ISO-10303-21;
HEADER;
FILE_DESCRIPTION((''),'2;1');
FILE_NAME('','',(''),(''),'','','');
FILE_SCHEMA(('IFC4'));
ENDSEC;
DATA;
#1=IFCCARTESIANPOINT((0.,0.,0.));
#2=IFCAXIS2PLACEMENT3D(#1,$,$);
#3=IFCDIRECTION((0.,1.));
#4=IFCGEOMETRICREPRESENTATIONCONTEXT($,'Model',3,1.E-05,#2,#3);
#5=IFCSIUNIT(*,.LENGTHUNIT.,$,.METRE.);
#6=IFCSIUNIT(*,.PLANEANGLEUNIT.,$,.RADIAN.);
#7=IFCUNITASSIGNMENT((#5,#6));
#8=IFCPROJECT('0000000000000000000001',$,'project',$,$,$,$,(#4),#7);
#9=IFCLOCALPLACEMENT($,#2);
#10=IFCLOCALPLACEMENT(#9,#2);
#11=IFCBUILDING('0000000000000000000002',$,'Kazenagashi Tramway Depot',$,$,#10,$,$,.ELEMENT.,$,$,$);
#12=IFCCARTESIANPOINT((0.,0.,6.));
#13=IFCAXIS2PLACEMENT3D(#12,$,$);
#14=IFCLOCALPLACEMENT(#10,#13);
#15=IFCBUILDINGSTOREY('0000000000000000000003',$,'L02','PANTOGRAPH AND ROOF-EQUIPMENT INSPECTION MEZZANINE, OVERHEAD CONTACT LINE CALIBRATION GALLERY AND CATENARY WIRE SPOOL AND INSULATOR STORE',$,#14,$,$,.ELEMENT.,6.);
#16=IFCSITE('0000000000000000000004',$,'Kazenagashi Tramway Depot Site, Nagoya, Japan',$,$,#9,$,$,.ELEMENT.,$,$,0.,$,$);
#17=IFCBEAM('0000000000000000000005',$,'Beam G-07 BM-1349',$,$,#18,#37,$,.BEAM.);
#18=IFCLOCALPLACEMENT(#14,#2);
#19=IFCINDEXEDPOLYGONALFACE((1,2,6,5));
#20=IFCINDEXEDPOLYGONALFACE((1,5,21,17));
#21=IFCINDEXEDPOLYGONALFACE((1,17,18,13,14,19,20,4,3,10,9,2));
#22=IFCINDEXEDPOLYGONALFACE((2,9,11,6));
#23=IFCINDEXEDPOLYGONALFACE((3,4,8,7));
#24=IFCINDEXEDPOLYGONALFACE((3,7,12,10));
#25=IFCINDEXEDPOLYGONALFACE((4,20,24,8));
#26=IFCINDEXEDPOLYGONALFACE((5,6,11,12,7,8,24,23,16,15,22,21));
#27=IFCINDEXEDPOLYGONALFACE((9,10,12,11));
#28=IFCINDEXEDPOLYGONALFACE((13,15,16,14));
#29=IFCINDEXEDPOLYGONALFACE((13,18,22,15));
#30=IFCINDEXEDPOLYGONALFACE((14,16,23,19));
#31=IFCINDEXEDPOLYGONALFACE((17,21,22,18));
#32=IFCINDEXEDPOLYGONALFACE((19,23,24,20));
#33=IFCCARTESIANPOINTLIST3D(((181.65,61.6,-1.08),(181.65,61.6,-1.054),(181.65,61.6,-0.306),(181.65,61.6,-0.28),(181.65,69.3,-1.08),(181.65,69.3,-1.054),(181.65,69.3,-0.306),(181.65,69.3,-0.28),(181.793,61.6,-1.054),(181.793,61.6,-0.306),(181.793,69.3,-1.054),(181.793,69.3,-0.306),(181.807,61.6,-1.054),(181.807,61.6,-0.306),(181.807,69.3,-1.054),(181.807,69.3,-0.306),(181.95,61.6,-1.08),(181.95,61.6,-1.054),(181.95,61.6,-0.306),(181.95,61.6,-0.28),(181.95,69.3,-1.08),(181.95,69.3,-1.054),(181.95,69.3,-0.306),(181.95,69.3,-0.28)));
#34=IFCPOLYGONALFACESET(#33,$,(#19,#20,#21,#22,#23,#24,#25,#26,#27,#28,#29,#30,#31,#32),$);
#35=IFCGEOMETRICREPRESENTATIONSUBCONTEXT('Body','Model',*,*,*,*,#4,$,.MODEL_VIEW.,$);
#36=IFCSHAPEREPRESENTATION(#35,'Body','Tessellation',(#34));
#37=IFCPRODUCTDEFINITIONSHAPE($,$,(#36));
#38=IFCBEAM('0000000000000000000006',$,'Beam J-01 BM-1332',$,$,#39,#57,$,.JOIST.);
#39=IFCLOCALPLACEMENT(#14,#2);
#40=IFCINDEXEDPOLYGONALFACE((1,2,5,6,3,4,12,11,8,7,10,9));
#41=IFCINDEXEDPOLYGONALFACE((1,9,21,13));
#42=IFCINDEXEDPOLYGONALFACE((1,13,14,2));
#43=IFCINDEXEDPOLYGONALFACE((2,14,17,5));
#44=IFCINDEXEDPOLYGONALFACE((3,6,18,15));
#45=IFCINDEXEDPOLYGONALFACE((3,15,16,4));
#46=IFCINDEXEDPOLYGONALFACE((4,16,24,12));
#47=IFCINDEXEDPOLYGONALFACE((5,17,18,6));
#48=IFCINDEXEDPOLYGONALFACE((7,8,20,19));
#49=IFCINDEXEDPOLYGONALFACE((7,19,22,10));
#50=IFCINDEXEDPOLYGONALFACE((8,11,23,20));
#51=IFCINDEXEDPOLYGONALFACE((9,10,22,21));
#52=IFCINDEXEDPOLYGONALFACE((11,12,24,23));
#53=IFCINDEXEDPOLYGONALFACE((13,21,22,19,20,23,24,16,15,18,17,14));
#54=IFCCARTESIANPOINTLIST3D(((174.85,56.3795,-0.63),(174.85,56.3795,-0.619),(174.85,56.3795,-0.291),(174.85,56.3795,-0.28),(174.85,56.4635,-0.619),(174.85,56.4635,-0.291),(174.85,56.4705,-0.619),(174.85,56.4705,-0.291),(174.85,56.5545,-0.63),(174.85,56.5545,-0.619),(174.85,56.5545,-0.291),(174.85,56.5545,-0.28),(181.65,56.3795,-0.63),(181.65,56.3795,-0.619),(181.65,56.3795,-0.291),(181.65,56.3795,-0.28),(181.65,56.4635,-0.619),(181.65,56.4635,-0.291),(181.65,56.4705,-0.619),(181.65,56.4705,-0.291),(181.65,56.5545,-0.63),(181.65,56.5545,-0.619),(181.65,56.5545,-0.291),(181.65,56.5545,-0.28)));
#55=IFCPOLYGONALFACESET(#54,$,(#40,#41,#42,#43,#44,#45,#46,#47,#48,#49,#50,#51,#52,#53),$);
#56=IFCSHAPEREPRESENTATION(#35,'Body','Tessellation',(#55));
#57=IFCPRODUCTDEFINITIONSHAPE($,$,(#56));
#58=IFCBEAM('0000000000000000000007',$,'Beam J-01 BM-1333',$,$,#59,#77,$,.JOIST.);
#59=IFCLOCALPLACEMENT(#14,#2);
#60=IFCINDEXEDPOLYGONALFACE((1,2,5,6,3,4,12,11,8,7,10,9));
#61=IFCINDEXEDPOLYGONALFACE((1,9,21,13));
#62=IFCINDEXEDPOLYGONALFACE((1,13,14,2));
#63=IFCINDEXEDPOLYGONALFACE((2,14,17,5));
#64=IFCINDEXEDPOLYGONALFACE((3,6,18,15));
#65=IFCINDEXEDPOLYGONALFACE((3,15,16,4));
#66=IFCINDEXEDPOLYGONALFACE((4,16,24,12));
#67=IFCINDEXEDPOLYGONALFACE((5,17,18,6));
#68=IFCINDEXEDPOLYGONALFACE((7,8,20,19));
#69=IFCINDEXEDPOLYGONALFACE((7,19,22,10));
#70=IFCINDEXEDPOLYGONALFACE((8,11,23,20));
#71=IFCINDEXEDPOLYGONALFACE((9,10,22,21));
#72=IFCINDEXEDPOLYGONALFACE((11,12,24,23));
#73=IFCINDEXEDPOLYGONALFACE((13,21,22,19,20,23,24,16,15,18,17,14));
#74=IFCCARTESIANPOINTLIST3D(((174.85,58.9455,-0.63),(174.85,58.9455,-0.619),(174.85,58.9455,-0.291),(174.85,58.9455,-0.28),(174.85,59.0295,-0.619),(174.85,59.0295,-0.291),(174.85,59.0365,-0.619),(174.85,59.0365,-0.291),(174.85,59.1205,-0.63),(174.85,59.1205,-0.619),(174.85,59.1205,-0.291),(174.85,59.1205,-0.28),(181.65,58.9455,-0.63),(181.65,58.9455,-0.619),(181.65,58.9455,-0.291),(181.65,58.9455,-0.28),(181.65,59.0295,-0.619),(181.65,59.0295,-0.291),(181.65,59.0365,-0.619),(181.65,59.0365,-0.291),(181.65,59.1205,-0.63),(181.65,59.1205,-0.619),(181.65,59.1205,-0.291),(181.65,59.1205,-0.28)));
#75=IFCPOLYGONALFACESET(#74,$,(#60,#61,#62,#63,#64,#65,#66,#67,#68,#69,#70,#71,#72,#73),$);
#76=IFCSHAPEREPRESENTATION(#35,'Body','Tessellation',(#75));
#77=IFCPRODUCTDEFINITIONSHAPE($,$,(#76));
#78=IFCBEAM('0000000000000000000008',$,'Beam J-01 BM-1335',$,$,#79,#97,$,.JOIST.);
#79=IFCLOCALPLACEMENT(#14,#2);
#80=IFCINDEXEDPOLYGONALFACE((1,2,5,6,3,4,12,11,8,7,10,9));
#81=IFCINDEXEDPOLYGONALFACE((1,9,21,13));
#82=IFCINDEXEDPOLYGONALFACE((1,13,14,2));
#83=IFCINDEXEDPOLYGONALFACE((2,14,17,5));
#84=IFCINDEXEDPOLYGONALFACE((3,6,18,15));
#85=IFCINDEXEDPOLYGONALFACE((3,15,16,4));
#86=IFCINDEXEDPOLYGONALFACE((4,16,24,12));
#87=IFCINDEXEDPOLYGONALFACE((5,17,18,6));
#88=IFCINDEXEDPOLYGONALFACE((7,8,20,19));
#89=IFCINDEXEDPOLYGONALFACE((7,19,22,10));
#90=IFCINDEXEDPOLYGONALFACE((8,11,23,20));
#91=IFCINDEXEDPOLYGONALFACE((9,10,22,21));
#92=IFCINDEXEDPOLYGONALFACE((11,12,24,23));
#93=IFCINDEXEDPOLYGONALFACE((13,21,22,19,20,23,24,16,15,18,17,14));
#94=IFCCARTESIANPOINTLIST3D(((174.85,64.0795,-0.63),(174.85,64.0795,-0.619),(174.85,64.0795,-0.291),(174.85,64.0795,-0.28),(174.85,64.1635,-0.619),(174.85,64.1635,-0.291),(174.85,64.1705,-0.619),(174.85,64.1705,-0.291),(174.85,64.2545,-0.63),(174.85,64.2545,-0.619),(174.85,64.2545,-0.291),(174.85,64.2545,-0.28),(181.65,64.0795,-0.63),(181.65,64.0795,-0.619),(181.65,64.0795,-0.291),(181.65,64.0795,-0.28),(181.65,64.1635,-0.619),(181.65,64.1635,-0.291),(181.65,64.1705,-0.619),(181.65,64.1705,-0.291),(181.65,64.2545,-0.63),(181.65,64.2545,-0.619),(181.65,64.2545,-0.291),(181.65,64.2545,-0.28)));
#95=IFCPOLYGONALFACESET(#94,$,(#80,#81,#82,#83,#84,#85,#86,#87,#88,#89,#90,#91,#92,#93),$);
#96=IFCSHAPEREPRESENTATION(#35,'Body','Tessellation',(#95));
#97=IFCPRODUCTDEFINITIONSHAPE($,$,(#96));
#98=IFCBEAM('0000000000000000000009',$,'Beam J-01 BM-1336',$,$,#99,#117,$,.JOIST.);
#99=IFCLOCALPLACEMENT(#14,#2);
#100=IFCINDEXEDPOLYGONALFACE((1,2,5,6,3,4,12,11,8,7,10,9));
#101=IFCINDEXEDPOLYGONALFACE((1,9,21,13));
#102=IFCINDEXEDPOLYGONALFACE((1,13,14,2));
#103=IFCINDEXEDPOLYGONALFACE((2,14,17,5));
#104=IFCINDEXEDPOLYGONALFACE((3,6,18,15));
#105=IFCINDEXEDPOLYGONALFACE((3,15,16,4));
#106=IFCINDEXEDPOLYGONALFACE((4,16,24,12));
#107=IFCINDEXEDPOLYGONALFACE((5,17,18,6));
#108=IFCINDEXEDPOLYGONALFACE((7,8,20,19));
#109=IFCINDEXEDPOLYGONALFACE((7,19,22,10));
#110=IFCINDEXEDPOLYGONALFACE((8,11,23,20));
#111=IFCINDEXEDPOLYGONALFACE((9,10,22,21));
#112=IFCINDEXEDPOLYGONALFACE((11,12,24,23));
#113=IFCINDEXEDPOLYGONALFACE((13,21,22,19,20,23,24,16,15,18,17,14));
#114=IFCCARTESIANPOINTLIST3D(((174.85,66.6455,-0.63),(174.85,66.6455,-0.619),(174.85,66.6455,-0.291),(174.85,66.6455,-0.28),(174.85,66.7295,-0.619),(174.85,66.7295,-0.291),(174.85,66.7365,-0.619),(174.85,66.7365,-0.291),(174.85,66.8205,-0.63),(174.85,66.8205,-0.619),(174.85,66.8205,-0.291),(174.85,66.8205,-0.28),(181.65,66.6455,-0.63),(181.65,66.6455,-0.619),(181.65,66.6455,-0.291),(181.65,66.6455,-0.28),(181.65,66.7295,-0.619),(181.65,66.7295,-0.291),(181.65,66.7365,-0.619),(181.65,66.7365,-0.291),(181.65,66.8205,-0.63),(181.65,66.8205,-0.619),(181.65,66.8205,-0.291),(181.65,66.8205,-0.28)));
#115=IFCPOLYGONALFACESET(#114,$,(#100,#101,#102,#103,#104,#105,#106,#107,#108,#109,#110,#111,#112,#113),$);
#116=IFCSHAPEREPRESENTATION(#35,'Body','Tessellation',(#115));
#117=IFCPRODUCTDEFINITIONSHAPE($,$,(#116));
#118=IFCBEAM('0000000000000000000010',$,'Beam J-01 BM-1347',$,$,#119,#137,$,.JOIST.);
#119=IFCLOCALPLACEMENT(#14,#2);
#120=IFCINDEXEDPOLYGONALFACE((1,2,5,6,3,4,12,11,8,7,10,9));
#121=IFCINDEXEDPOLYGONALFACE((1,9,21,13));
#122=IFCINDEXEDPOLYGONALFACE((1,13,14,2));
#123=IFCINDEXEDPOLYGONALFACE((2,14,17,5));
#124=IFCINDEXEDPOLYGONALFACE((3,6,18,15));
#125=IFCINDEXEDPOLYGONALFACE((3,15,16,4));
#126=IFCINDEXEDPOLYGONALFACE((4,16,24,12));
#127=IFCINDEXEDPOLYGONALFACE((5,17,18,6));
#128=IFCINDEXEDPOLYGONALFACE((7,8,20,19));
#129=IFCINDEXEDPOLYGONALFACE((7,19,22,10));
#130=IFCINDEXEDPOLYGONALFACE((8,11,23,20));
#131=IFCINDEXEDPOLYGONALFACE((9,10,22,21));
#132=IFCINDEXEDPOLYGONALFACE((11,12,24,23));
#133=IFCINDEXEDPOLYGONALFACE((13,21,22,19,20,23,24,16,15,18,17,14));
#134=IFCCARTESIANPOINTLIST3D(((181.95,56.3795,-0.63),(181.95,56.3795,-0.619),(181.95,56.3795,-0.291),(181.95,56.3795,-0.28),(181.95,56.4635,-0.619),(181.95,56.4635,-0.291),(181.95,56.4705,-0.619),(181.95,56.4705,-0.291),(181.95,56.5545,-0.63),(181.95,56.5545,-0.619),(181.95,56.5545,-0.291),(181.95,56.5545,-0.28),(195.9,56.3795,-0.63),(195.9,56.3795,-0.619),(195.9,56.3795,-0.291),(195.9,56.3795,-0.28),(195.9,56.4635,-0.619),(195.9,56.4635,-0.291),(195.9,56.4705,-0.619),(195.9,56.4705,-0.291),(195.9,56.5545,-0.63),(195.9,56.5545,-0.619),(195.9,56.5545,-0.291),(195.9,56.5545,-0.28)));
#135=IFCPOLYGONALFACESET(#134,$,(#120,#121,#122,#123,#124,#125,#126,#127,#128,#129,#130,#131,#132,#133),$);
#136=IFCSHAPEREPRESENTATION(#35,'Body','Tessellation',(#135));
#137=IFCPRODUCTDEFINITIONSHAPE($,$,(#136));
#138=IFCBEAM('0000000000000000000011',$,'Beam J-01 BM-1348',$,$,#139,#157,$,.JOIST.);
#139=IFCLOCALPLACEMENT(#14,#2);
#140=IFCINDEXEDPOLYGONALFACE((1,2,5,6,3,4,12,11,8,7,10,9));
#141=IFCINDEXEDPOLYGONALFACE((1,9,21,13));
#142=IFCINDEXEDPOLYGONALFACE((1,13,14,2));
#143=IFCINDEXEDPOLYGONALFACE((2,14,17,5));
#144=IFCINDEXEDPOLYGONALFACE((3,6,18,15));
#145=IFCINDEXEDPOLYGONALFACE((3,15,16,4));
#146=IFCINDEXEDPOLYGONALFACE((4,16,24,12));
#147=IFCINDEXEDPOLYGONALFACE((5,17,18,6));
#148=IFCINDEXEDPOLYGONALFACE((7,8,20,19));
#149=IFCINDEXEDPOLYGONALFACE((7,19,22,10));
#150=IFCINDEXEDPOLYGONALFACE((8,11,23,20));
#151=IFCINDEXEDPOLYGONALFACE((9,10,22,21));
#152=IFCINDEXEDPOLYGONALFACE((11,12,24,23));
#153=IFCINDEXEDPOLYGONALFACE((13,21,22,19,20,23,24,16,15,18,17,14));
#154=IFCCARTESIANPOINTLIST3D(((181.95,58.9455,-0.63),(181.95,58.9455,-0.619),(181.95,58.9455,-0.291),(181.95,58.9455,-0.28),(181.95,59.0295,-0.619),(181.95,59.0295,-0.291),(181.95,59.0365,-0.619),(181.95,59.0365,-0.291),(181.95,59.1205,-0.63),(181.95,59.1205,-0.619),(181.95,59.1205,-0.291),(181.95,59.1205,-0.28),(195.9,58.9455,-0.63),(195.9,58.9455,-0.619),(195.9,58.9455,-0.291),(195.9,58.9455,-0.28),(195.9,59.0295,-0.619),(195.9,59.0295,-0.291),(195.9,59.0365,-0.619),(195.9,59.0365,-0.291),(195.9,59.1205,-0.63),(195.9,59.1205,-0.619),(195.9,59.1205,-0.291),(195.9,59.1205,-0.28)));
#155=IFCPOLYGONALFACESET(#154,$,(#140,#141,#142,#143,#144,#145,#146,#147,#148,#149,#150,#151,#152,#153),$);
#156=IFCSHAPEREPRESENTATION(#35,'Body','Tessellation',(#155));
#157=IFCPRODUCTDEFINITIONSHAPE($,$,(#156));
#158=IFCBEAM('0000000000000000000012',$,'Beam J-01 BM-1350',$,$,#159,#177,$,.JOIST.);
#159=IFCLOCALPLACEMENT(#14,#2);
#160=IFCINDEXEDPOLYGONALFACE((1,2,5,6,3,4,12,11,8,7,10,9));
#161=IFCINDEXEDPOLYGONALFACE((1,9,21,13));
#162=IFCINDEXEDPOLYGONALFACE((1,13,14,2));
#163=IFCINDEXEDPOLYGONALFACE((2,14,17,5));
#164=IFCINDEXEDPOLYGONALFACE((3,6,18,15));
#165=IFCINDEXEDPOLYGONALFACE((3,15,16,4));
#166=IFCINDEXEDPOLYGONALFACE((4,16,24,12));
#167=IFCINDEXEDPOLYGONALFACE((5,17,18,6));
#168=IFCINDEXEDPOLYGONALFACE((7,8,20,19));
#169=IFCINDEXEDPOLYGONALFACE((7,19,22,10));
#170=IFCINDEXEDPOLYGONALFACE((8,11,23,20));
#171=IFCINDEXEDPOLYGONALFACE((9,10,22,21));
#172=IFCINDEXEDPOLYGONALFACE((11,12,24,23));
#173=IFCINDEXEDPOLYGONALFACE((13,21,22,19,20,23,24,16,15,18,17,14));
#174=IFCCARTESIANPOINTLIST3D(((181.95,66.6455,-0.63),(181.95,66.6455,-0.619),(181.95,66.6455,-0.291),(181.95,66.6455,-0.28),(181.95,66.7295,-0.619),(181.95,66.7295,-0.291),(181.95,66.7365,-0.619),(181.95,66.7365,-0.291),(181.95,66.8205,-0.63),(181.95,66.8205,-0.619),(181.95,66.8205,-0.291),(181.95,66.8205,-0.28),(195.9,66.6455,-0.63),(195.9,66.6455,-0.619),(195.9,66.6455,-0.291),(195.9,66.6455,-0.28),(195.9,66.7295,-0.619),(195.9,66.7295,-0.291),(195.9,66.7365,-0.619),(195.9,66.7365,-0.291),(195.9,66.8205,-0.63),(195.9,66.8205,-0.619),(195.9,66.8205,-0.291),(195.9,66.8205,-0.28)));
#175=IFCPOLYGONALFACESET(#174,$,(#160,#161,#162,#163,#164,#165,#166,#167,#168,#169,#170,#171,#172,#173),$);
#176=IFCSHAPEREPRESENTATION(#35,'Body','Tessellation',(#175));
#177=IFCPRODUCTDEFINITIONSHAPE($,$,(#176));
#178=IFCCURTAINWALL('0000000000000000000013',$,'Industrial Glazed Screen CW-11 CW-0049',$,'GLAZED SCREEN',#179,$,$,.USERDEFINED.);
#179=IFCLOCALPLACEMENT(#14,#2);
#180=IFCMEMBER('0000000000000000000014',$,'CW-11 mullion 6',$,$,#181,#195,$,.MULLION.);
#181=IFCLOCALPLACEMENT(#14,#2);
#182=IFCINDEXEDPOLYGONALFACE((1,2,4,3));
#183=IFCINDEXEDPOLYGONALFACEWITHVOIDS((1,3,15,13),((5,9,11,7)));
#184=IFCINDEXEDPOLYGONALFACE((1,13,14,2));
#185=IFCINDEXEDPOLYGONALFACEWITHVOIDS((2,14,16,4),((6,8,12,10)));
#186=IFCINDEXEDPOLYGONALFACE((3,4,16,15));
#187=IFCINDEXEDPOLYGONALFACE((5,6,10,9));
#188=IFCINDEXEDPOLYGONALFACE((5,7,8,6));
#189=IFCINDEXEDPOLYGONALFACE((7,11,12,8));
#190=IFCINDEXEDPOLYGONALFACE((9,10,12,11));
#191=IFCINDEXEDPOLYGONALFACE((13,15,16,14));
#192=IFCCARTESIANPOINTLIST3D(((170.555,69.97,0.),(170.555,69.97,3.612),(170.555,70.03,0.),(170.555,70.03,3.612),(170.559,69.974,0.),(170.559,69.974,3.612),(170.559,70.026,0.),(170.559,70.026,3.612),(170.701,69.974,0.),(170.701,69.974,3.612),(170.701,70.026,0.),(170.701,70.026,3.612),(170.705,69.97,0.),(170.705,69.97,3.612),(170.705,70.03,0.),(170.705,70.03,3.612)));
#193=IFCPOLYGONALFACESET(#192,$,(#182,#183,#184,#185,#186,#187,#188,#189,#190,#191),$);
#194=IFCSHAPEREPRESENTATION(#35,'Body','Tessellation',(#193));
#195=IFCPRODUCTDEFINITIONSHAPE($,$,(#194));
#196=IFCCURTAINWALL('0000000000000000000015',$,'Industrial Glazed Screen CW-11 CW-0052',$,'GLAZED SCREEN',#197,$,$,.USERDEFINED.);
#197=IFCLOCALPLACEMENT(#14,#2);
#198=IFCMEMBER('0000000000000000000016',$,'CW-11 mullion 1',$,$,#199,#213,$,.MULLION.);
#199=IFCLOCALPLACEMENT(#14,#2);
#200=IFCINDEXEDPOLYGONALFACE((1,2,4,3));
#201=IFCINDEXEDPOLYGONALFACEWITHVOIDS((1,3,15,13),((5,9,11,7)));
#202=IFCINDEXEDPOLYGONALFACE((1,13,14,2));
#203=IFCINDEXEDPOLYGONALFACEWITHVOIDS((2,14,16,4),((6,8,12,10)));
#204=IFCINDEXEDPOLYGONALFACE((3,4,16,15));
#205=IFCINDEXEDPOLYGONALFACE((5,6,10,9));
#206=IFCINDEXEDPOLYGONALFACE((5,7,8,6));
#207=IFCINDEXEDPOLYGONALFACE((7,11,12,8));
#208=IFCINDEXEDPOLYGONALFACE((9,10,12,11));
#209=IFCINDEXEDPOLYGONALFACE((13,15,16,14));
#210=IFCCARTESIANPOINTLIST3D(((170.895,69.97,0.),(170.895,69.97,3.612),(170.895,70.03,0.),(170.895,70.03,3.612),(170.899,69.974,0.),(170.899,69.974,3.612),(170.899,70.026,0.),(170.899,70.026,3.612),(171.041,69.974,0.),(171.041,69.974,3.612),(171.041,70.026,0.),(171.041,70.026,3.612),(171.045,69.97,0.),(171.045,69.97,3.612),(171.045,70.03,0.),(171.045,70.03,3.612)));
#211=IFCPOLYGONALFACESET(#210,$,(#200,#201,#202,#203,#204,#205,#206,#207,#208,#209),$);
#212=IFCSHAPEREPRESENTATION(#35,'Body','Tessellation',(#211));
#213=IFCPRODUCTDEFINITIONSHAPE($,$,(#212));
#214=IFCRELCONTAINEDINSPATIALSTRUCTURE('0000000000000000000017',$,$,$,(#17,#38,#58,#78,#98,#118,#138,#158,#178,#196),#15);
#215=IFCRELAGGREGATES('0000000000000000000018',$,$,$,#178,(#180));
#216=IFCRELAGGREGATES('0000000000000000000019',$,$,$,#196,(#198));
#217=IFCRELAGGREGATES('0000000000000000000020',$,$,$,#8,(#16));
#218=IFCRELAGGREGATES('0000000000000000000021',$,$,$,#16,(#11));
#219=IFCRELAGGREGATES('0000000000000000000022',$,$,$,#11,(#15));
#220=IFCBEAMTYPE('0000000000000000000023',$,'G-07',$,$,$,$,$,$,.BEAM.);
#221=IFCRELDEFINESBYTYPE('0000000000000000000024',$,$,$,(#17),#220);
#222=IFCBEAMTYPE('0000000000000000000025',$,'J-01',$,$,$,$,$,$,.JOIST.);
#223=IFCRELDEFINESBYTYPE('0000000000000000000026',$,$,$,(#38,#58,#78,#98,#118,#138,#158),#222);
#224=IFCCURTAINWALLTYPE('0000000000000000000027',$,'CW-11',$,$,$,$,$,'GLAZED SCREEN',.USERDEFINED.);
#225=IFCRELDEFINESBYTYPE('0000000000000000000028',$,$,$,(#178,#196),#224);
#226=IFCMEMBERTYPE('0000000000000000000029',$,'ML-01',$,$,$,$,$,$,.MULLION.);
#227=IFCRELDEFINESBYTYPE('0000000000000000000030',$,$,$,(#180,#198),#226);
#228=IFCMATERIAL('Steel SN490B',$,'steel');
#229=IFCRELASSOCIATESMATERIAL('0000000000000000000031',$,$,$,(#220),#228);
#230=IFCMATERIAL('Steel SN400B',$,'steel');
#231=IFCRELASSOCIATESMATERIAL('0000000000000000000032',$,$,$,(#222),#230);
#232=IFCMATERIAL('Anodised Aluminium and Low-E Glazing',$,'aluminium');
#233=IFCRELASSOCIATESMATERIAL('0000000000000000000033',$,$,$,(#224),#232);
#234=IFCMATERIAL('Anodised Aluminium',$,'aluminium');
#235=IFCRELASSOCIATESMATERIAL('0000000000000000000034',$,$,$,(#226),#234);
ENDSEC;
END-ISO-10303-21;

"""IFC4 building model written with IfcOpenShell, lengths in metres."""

from ifc_helpers import new_model, si_unit, direction, frame, origin, origin_2d, place, context, subcontext, project, spatial, hollow_rectangle, i_section, extrude, material, material_profile, profile_set, type_object, element, aggregate, save


model = new_model("IFC4")

# Units and contexts
model_context = context("Model", 3, precision=1e-05, world=origin(), true_north=direction((0.0, 1.0)))
body_context = subcontext(model_context, "Body", "Model", "MODEL_VIEW")
ifc_project = project(units=[si_unit("LENGTHUNIT", "METRE"), si_unit("PLANEANGLEUNIT", "RADIAN")], contexts=[model_context])

# Site, building, storey
site_placement = place(None, origin())
site = spatial("IfcSite", under=ifc_project, at=site_placement, Name="Kazenagashi Tramway Depot Site, Nagoya, Japan", CompositionType="ELEMENT", RefElevation=0.0)
building_placement = place(site_placement, origin())
building = spatial("IfcBuilding", under=site, at=building_placement, Name="Kazenagashi Tramway Depot", CompositionType="ELEMENT")
storey_placement = place(building_placement, frame((0.0, 0.0, 6.0)))
storey = spatial("IfcBuildingStorey", under=building, at=storey_placement, Name="L02", Description="PANTOGRAPH AND ROOF-EQUIPMENT INSPECTION MEZZANINE, OVERHEAD CONTACT LINE CALIBRATION GALLERY AND CATENARY WIRE SPOOL AND INSULATOR STORE", CompositionType="ELEMENT", Elevation=6.0)

# Shared definitions
ifc_material_1 = material(Name="Steel SN490B", Category="steel")

# Beams
ifc_material_profile_1 = material_profile(ifc_material_1, i_section(OverallWidth=0.3, OverallDepth=0.8, WebThickness=0.014, FlangeThickness=0.026, at=origin_2d()), Name="H-800x300x14x26")
ifc_profile_set_1 = profile_set([ifc_material_profile_1], Name="Steel SN490B")
beam_type_1 = type_object("IfcBeamType", Name="G-07", PredefinedType="BEAM", material=ifc_profile_set_1)
for number, where, z_axis, x_axis, name in (
    (1, (181.8, 61.6, -0.68), (0.0, 1.0, 0.0), (-1.0, 0.0, 0.0), "Beam G-07 BM-1349"),
):
    element("IfcBeam", number, at=place(storey_placement, frame(where, z_axis=z_axis, x_axis=x_axis)), inside=storey, type_object=beam_type_1, Name=name, PredefinedType="BEAM", context=body_context, shape_type="SweptSolid", body=[
        extrude(i_section(OverallWidth=0.3, OverallDepth=0.8, WebThickness=0.014, FlangeThickness=0.026, at=origin_2d()), origin(), (0.0, 0.0, 1.0), 7.7),
    ])
ifc_material_2 = material(Name="Steel SN400B", Category="steel")
ifc_material_profile_2 = material_profile(ifc_material_2, i_section(OverallWidth=0.175, OverallDepth=0.35, WebThickness=0.007, FlangeThickness=0.011, at=origin_2d()), Name="H-350x175x7x11")
ifc_profile_set_2 = profile_set([ifc_material_profile_2], Name="Steel SN400B")
beam_type_2 = type_object("IfcBeamType", Name="J-01", PredefinedType="JOIST", material=ifc_profile_set_2)
for number, where, z_axis, x_axis, name in (
    (2, (174.85, 56.467, -0.455), (1.0, 0.0, 0.0), (0.0, 1.0, 0.0), "Beam J-01 BM-1332"),
    (3, (174.85, 59.033, -0.455), (1.0, 0.0, 0.0), (0.0, 1.0, 0.0), "Beam J-01 BM-1333"),
    (4, (174.85, 64.167, -0.455), (1.0, 0.0, 0.0), (0.0, 1.0, 0.0), "Beam J-01 BM-1335"),
    (5, (174.85, 66.733, -0.455), (1.0, 0.0, 0.0), (0.0, 1.0, 0.0), "Beam J-01 BM-1336"),
):
    element("IfcBeam", number, at=place(storey_placement, frame(where, z_axis=z_axis, x_axis=x_axis)), inside=storey, type_object=beam_type_2, Name=name, PredefinedType="JOIST", context=body_context, shape_type="SweptSolid", body=[
        extrude(i_section(OverallWidth=0.175, OverallDepth=0.35, WebThickness=0.007, FlangeThickness=0.011, at=origin_2d()), origin(), (0.0, 0.0, 1.0), 6.8),
    ])
for number, where, z_axis, x_axis, name in (
    (6, (181.95, 56.467, -0.455), (1.0, 0.0, 0.0), (0.0, 1.0, 0.0), "Beam J-01 BM-1347"),
    (7, (181.95, 59.033, -0.455), (1.0, 0.0, 0.0), (0.0, 1.0, 0.0), "Beam J-01 BM-1348"),
    (8, (181.95, 66.733, -0.455), (1.0, 0.0, 0.0), (0.0, 1.0, 0.0), "Beam J-01 BM-1350"),
):
    element("IfcBeam", number, at=place(storey_placement, frame(where, z_axis=z_axis, x_axis=x_axis)), inside=storey, type_object=beam_type_2, Name=name, PredefinedType="JOIST", context=body_context, shape_type="SweptSolid", body=[
        extrude(i_section(OverallWidth=0.175, OverallDepth=0.35, WebThickness=0.007, FlangeThickness=0.011, at=origin_2d()), origin(), (0.0, 0.0, 1.0), 13.95),
    ])

# Curtain wall, member
ifc_material_3 = material(Name="Anodised Aluminium and Low-E Glazing", Category="aluminium")
curtain_wall_type = type_object("IfcCurtainWallType", Name="CW-11", ElementType="GLAZED SCREEN", PredefinedType="USERDEFINED", material=ifc_material_3)
curtain_wall_1_placement = place(storey_placement, origin())
curtain_wall_1 = element("IfcCurtainWall", 9, at=curtain_wall_1_placement, inside=storey, type_object=curtain_wall_type, Name="Industrial Glazed Screen CW-11 CW-0049", ObjectType="GLAZED SCREEN", PredefinedType="USERDEFINED")
ifc_material_4 = material(Name="Anodised Aluminium", Category="aluminium")
ifc_material_profile_3 = material_profile(ifc_material_4, hollow_rectangle(XDim=0.06, YDim=0.15, WallThickness=0.004, at=origin_2d()), Name="RHS-150x60x4")
ifc_profile_set_3 = profile_set([ifc_material_profile_3], Name="Anodised Aluminium")
member_type_1 = type_object("IfcMemberType", Name="ML-01", PredefinedType="MULLION", material=ifc_profile_set_3)
member_1_placement = place(storey_placement, frame((170.63, 70.0, 0.0), z_axis=(0.0, 0.0, 1.0), x_axis=(0.0, 1.0, 0.0)))
member_1 = element("IfcMember", 10, at=member_1_placement, type_object=member_type_1, Name="CW-11 mullion 6", PredefinedType="MULLION", context=body_context, shape_type="SweptSolid", body=[
    extrude(hollow_rectangle(XDim=0.06, YDim=0.15, WallThickness=0.004, at=origin_2d()), origin(), (0.0, 0.0, 1.0), 3.612),
])

# Curtain wall, member
curtain_wall_2_placement = place(storey_placement, origin())
curtain_wall_2 = element("IfcCurtainWall", 11, at=curtain_wall_2_placement, inside=storey, type_object=curtain_wall_type, Name="Industrial Glazed Screen CW-11 CW-0052", ObjectType="GLAZED SCREEN", PredefinedType="USERDEFINED")
member_2_placement = place(storey_placement, frame((170.97, 70.0, 0.0), z_axis=(0.0, 0.0, 1.0), x_axis=(0.0, 1.0, 0.0)))
member_2 = element("IfcMember", 12, at=member_2_placement, type_object=member_type_1, Name="CW-11 mullion 1", PredefinedType="MULLION", context=body_context, shape_type="SweptSolid", body=[
    extrude(hollow_rectangle(XDim=0.06, YDim=0.15, WallThickness=0.004, at=origin_2d()), origin(), (0.0, 0.0, 1.0), 3.612),
])

aggregate(curtain_wall_1, [member_1])
aggregate(curtain_wall_2, [member_2])

save(model, "model.ifc")
